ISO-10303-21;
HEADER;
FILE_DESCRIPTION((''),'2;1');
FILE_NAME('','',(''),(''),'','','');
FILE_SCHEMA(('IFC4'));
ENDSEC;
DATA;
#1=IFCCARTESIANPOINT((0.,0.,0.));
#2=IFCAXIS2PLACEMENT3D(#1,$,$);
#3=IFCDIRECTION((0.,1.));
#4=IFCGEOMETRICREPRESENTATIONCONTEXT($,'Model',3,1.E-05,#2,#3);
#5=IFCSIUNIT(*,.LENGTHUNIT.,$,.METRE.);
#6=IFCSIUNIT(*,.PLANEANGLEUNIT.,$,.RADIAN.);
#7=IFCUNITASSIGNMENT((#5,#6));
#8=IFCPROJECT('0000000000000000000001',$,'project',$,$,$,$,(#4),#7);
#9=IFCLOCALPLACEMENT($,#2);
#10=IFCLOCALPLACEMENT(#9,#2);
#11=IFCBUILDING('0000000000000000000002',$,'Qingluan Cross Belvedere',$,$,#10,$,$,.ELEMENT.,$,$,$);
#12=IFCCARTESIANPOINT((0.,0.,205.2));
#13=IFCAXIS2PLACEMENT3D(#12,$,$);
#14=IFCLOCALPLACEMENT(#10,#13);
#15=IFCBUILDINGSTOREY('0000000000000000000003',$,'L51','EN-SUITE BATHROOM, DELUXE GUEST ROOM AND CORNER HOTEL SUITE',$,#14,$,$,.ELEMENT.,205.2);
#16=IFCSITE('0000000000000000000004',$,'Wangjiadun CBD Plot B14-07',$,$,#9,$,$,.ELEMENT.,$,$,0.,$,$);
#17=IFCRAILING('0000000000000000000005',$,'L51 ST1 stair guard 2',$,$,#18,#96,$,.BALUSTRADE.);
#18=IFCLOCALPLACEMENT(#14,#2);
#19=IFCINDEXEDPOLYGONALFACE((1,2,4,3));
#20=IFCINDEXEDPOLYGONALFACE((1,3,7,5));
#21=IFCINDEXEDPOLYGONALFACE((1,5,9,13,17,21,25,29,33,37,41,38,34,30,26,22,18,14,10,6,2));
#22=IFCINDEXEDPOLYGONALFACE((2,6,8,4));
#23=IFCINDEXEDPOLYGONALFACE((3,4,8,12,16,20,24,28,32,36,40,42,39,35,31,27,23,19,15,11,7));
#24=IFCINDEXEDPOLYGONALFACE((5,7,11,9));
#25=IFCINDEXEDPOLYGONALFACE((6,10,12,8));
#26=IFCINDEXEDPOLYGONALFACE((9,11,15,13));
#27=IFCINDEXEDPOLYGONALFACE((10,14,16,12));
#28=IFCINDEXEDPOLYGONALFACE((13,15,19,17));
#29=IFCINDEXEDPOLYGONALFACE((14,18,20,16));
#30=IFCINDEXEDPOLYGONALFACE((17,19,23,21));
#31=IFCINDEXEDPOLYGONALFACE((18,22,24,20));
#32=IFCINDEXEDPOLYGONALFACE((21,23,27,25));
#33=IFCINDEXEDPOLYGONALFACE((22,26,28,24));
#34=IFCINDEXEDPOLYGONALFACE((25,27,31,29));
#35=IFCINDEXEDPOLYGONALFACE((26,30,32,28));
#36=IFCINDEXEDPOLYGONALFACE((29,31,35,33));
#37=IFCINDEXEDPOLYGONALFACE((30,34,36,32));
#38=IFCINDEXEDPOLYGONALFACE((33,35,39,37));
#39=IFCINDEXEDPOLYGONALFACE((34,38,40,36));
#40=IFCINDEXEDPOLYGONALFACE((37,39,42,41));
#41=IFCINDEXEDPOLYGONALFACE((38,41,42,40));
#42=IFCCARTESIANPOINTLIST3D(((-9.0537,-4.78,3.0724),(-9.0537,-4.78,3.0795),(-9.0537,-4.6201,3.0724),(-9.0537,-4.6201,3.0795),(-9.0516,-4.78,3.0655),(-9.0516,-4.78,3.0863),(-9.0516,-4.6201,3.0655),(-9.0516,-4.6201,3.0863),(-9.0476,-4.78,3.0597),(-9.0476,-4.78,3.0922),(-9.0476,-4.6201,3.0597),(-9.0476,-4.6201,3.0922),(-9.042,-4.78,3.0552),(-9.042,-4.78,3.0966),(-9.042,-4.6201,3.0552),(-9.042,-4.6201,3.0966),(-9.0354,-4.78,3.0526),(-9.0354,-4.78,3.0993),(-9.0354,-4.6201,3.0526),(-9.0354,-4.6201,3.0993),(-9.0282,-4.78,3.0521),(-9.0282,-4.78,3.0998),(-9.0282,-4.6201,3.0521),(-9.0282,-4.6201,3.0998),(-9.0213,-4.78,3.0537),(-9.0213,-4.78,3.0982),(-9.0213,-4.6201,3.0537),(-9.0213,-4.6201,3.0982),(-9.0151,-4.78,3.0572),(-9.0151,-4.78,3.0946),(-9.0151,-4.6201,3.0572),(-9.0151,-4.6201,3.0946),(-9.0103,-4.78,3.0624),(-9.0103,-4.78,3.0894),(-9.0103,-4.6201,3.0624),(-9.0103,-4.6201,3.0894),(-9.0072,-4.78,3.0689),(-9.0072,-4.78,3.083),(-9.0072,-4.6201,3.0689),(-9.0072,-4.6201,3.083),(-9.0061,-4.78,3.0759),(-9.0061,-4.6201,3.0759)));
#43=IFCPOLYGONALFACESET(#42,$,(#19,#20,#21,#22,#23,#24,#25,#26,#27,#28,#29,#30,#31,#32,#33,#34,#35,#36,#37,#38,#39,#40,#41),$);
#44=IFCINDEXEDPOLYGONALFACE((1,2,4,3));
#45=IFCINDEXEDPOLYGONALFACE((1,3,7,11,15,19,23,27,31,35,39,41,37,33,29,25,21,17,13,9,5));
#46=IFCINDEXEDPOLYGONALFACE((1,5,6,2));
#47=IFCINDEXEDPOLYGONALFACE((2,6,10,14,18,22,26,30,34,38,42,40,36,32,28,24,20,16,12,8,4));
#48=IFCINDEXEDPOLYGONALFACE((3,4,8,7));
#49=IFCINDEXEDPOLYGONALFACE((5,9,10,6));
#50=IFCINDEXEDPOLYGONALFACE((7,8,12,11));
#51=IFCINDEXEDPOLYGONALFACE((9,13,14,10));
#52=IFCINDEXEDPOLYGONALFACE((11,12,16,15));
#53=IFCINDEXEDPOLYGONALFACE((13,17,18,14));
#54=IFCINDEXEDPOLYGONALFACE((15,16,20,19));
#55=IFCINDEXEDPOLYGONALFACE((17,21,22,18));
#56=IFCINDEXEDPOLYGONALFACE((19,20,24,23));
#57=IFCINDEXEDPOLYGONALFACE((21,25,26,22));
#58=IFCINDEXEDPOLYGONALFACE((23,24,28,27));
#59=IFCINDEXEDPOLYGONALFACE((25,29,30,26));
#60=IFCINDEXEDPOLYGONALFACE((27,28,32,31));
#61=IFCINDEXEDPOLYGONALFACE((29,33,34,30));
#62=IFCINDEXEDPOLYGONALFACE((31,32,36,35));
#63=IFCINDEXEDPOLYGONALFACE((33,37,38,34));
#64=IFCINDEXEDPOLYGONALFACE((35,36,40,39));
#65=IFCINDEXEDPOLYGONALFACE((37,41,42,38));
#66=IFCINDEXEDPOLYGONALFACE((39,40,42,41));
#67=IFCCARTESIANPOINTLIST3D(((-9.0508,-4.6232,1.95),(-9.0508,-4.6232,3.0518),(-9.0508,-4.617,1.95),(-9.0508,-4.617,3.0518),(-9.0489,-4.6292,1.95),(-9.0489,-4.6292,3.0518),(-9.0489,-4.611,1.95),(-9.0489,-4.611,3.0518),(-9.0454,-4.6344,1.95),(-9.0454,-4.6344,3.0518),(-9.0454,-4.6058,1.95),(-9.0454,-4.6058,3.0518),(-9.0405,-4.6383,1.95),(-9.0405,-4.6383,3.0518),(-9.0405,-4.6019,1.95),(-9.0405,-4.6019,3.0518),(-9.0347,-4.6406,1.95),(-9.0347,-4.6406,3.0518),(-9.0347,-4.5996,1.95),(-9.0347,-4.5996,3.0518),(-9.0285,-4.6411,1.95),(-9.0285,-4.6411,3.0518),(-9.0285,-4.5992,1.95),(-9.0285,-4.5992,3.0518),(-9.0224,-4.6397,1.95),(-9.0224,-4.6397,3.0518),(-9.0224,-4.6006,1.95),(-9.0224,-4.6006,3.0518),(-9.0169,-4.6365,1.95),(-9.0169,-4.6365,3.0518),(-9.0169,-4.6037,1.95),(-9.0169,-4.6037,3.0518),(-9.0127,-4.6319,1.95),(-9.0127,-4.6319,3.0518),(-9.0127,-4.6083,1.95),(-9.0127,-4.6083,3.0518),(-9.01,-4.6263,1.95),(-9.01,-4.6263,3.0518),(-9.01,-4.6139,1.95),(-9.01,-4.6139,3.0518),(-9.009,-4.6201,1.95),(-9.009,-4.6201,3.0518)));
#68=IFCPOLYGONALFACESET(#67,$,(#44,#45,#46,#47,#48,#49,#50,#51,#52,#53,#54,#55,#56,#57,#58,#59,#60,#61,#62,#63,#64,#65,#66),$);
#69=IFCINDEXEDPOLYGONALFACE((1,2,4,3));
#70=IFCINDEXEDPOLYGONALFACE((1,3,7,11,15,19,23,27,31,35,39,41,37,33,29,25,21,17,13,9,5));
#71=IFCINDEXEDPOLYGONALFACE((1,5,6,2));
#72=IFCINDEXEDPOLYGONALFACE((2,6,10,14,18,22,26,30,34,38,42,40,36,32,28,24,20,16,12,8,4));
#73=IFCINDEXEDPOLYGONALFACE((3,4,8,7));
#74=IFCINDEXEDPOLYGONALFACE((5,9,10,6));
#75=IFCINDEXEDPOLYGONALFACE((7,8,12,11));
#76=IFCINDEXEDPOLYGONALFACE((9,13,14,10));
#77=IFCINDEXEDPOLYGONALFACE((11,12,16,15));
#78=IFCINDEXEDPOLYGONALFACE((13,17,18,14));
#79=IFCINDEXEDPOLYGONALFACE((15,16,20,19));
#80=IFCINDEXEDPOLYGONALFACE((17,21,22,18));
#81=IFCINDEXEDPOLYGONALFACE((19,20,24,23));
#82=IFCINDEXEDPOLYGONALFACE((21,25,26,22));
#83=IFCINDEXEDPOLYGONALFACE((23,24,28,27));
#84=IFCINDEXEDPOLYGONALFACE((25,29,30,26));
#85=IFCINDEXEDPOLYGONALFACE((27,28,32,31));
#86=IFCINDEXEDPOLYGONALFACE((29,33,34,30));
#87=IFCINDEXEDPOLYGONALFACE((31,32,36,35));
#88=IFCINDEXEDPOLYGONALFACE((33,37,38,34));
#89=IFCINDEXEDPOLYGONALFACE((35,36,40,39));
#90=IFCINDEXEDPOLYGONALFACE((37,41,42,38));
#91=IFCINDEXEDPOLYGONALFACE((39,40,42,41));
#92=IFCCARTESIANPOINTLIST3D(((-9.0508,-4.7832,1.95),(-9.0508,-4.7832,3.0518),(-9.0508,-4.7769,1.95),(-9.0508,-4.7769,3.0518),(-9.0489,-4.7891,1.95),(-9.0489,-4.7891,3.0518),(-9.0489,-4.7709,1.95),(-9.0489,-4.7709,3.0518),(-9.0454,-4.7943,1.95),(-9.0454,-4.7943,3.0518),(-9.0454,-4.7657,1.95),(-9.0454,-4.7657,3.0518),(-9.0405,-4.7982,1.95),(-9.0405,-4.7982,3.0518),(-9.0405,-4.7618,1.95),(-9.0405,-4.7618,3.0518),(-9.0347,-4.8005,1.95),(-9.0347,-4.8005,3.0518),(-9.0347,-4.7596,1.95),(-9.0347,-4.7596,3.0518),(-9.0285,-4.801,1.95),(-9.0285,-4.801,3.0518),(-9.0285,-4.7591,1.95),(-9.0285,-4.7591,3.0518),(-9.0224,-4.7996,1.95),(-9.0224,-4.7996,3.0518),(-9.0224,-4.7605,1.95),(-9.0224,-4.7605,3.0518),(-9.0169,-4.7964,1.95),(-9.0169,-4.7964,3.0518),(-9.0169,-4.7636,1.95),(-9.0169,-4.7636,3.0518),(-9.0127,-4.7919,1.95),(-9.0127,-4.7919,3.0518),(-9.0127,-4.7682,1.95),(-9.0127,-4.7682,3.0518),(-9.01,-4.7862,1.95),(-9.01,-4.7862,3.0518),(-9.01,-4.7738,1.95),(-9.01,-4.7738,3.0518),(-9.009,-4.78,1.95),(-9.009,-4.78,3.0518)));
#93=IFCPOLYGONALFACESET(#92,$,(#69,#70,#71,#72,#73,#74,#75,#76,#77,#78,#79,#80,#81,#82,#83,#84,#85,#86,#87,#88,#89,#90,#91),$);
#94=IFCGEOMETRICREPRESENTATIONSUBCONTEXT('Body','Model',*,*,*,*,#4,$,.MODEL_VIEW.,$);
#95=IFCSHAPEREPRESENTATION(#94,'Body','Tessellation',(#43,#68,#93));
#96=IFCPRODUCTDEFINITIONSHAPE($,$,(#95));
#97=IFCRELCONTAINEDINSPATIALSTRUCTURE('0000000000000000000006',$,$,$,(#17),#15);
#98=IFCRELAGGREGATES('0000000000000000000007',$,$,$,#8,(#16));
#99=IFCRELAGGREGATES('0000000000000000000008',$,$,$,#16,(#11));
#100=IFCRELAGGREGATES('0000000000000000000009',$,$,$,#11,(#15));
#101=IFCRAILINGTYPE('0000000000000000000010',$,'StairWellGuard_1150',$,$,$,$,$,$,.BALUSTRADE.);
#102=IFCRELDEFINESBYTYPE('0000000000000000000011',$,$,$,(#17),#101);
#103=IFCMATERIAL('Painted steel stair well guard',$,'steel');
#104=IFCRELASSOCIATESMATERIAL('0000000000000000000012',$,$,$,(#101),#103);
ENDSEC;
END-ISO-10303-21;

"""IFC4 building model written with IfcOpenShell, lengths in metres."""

from ifc_helpers import new_model, si_unit, direction, frame, origin, origin_2d, place, context, subcontext, project, spatial, circle, extrude, material, type_object, element, save


model = new_model("IFC4")

# Units and contexts
model_context = context("Model", 3, precision=1e-05, world=origin(), true_north=direction((0.0, 1.0)))
body_context = subcontext(model_context, "Body", "Model", "MODEL_VIEW")
ifc_project = project(units=[si_unit("LENGTHUNIT", "METRE"), si_unit("PLANEANGLEUNIT", "RADIAN")], contexts=[model_context])

# Site, building, storey
site_placement = place(None, origin())
site = spatial("IfcSite", under=ifc_project, at=site_placement, Name="Wangjiadun CBD Plot B14-07", CompositionType="ELEMENT", RefElevation=0.0)
building_placement = place(site_placement, origin())
building = spatial("IfcBuilding", under=site, at=building_placement, Name="Qingluan Cross Belvedere", CompositionType="ELEMENT")
storey_placement = place(building_placement, frame((0.0, 0.0, 205.2)))
storey = spatial("IfcBuildingStorey", under=building, at=storey_placement, Name="L51", Description="EN-SUITE BATHROOM, DELUXE GUEST ROOM AND CORNER HOTEL SUITE", CompositionType="ELEMENT", Elevation=205.2)

# Railing
ifc_material_1 = material(Name="Painted steel stair well guard", Category="steel")
railing_type_1 = type_object("IfcRailingType", Name="StairWellGuard_1150", PredefinedType="BALUSTRADE", material=ifc_material_1)
railing_1_placement = place(storey_placement, frame((-9.03, -4.6201, 1.95)))
element("IfcRailing", 1, at=railing_1_placement, inside=storey, type_object=railing_type_1, Name="L51 ST1 stair guard 2", PredefinedType="BALUSTRADE", context=body_context, shape_type="SweptSolid", body=[
    extrude(circle(Radius=0.0239, at=origin_2d()), frame((0.0, 0.0, 1.126), z_axis=(0.0, -1.0, 0.0), x_axis=(1.0, 0.0, 0.0)), (0.0, 0.0, 1.0), 0.1599),
    extrude(circle(Radius=0.021, at=origin_2d()), origin(), (0.0, 0.0, 1.0), 1.1018),
    extrude(circle(Radius=0.021, at=origin_2d()), frame((0.0, -0.1599, 0.0)), (0.0, 0.0, 1.0), 1.1018),
])

save(model, "model.ifc")
